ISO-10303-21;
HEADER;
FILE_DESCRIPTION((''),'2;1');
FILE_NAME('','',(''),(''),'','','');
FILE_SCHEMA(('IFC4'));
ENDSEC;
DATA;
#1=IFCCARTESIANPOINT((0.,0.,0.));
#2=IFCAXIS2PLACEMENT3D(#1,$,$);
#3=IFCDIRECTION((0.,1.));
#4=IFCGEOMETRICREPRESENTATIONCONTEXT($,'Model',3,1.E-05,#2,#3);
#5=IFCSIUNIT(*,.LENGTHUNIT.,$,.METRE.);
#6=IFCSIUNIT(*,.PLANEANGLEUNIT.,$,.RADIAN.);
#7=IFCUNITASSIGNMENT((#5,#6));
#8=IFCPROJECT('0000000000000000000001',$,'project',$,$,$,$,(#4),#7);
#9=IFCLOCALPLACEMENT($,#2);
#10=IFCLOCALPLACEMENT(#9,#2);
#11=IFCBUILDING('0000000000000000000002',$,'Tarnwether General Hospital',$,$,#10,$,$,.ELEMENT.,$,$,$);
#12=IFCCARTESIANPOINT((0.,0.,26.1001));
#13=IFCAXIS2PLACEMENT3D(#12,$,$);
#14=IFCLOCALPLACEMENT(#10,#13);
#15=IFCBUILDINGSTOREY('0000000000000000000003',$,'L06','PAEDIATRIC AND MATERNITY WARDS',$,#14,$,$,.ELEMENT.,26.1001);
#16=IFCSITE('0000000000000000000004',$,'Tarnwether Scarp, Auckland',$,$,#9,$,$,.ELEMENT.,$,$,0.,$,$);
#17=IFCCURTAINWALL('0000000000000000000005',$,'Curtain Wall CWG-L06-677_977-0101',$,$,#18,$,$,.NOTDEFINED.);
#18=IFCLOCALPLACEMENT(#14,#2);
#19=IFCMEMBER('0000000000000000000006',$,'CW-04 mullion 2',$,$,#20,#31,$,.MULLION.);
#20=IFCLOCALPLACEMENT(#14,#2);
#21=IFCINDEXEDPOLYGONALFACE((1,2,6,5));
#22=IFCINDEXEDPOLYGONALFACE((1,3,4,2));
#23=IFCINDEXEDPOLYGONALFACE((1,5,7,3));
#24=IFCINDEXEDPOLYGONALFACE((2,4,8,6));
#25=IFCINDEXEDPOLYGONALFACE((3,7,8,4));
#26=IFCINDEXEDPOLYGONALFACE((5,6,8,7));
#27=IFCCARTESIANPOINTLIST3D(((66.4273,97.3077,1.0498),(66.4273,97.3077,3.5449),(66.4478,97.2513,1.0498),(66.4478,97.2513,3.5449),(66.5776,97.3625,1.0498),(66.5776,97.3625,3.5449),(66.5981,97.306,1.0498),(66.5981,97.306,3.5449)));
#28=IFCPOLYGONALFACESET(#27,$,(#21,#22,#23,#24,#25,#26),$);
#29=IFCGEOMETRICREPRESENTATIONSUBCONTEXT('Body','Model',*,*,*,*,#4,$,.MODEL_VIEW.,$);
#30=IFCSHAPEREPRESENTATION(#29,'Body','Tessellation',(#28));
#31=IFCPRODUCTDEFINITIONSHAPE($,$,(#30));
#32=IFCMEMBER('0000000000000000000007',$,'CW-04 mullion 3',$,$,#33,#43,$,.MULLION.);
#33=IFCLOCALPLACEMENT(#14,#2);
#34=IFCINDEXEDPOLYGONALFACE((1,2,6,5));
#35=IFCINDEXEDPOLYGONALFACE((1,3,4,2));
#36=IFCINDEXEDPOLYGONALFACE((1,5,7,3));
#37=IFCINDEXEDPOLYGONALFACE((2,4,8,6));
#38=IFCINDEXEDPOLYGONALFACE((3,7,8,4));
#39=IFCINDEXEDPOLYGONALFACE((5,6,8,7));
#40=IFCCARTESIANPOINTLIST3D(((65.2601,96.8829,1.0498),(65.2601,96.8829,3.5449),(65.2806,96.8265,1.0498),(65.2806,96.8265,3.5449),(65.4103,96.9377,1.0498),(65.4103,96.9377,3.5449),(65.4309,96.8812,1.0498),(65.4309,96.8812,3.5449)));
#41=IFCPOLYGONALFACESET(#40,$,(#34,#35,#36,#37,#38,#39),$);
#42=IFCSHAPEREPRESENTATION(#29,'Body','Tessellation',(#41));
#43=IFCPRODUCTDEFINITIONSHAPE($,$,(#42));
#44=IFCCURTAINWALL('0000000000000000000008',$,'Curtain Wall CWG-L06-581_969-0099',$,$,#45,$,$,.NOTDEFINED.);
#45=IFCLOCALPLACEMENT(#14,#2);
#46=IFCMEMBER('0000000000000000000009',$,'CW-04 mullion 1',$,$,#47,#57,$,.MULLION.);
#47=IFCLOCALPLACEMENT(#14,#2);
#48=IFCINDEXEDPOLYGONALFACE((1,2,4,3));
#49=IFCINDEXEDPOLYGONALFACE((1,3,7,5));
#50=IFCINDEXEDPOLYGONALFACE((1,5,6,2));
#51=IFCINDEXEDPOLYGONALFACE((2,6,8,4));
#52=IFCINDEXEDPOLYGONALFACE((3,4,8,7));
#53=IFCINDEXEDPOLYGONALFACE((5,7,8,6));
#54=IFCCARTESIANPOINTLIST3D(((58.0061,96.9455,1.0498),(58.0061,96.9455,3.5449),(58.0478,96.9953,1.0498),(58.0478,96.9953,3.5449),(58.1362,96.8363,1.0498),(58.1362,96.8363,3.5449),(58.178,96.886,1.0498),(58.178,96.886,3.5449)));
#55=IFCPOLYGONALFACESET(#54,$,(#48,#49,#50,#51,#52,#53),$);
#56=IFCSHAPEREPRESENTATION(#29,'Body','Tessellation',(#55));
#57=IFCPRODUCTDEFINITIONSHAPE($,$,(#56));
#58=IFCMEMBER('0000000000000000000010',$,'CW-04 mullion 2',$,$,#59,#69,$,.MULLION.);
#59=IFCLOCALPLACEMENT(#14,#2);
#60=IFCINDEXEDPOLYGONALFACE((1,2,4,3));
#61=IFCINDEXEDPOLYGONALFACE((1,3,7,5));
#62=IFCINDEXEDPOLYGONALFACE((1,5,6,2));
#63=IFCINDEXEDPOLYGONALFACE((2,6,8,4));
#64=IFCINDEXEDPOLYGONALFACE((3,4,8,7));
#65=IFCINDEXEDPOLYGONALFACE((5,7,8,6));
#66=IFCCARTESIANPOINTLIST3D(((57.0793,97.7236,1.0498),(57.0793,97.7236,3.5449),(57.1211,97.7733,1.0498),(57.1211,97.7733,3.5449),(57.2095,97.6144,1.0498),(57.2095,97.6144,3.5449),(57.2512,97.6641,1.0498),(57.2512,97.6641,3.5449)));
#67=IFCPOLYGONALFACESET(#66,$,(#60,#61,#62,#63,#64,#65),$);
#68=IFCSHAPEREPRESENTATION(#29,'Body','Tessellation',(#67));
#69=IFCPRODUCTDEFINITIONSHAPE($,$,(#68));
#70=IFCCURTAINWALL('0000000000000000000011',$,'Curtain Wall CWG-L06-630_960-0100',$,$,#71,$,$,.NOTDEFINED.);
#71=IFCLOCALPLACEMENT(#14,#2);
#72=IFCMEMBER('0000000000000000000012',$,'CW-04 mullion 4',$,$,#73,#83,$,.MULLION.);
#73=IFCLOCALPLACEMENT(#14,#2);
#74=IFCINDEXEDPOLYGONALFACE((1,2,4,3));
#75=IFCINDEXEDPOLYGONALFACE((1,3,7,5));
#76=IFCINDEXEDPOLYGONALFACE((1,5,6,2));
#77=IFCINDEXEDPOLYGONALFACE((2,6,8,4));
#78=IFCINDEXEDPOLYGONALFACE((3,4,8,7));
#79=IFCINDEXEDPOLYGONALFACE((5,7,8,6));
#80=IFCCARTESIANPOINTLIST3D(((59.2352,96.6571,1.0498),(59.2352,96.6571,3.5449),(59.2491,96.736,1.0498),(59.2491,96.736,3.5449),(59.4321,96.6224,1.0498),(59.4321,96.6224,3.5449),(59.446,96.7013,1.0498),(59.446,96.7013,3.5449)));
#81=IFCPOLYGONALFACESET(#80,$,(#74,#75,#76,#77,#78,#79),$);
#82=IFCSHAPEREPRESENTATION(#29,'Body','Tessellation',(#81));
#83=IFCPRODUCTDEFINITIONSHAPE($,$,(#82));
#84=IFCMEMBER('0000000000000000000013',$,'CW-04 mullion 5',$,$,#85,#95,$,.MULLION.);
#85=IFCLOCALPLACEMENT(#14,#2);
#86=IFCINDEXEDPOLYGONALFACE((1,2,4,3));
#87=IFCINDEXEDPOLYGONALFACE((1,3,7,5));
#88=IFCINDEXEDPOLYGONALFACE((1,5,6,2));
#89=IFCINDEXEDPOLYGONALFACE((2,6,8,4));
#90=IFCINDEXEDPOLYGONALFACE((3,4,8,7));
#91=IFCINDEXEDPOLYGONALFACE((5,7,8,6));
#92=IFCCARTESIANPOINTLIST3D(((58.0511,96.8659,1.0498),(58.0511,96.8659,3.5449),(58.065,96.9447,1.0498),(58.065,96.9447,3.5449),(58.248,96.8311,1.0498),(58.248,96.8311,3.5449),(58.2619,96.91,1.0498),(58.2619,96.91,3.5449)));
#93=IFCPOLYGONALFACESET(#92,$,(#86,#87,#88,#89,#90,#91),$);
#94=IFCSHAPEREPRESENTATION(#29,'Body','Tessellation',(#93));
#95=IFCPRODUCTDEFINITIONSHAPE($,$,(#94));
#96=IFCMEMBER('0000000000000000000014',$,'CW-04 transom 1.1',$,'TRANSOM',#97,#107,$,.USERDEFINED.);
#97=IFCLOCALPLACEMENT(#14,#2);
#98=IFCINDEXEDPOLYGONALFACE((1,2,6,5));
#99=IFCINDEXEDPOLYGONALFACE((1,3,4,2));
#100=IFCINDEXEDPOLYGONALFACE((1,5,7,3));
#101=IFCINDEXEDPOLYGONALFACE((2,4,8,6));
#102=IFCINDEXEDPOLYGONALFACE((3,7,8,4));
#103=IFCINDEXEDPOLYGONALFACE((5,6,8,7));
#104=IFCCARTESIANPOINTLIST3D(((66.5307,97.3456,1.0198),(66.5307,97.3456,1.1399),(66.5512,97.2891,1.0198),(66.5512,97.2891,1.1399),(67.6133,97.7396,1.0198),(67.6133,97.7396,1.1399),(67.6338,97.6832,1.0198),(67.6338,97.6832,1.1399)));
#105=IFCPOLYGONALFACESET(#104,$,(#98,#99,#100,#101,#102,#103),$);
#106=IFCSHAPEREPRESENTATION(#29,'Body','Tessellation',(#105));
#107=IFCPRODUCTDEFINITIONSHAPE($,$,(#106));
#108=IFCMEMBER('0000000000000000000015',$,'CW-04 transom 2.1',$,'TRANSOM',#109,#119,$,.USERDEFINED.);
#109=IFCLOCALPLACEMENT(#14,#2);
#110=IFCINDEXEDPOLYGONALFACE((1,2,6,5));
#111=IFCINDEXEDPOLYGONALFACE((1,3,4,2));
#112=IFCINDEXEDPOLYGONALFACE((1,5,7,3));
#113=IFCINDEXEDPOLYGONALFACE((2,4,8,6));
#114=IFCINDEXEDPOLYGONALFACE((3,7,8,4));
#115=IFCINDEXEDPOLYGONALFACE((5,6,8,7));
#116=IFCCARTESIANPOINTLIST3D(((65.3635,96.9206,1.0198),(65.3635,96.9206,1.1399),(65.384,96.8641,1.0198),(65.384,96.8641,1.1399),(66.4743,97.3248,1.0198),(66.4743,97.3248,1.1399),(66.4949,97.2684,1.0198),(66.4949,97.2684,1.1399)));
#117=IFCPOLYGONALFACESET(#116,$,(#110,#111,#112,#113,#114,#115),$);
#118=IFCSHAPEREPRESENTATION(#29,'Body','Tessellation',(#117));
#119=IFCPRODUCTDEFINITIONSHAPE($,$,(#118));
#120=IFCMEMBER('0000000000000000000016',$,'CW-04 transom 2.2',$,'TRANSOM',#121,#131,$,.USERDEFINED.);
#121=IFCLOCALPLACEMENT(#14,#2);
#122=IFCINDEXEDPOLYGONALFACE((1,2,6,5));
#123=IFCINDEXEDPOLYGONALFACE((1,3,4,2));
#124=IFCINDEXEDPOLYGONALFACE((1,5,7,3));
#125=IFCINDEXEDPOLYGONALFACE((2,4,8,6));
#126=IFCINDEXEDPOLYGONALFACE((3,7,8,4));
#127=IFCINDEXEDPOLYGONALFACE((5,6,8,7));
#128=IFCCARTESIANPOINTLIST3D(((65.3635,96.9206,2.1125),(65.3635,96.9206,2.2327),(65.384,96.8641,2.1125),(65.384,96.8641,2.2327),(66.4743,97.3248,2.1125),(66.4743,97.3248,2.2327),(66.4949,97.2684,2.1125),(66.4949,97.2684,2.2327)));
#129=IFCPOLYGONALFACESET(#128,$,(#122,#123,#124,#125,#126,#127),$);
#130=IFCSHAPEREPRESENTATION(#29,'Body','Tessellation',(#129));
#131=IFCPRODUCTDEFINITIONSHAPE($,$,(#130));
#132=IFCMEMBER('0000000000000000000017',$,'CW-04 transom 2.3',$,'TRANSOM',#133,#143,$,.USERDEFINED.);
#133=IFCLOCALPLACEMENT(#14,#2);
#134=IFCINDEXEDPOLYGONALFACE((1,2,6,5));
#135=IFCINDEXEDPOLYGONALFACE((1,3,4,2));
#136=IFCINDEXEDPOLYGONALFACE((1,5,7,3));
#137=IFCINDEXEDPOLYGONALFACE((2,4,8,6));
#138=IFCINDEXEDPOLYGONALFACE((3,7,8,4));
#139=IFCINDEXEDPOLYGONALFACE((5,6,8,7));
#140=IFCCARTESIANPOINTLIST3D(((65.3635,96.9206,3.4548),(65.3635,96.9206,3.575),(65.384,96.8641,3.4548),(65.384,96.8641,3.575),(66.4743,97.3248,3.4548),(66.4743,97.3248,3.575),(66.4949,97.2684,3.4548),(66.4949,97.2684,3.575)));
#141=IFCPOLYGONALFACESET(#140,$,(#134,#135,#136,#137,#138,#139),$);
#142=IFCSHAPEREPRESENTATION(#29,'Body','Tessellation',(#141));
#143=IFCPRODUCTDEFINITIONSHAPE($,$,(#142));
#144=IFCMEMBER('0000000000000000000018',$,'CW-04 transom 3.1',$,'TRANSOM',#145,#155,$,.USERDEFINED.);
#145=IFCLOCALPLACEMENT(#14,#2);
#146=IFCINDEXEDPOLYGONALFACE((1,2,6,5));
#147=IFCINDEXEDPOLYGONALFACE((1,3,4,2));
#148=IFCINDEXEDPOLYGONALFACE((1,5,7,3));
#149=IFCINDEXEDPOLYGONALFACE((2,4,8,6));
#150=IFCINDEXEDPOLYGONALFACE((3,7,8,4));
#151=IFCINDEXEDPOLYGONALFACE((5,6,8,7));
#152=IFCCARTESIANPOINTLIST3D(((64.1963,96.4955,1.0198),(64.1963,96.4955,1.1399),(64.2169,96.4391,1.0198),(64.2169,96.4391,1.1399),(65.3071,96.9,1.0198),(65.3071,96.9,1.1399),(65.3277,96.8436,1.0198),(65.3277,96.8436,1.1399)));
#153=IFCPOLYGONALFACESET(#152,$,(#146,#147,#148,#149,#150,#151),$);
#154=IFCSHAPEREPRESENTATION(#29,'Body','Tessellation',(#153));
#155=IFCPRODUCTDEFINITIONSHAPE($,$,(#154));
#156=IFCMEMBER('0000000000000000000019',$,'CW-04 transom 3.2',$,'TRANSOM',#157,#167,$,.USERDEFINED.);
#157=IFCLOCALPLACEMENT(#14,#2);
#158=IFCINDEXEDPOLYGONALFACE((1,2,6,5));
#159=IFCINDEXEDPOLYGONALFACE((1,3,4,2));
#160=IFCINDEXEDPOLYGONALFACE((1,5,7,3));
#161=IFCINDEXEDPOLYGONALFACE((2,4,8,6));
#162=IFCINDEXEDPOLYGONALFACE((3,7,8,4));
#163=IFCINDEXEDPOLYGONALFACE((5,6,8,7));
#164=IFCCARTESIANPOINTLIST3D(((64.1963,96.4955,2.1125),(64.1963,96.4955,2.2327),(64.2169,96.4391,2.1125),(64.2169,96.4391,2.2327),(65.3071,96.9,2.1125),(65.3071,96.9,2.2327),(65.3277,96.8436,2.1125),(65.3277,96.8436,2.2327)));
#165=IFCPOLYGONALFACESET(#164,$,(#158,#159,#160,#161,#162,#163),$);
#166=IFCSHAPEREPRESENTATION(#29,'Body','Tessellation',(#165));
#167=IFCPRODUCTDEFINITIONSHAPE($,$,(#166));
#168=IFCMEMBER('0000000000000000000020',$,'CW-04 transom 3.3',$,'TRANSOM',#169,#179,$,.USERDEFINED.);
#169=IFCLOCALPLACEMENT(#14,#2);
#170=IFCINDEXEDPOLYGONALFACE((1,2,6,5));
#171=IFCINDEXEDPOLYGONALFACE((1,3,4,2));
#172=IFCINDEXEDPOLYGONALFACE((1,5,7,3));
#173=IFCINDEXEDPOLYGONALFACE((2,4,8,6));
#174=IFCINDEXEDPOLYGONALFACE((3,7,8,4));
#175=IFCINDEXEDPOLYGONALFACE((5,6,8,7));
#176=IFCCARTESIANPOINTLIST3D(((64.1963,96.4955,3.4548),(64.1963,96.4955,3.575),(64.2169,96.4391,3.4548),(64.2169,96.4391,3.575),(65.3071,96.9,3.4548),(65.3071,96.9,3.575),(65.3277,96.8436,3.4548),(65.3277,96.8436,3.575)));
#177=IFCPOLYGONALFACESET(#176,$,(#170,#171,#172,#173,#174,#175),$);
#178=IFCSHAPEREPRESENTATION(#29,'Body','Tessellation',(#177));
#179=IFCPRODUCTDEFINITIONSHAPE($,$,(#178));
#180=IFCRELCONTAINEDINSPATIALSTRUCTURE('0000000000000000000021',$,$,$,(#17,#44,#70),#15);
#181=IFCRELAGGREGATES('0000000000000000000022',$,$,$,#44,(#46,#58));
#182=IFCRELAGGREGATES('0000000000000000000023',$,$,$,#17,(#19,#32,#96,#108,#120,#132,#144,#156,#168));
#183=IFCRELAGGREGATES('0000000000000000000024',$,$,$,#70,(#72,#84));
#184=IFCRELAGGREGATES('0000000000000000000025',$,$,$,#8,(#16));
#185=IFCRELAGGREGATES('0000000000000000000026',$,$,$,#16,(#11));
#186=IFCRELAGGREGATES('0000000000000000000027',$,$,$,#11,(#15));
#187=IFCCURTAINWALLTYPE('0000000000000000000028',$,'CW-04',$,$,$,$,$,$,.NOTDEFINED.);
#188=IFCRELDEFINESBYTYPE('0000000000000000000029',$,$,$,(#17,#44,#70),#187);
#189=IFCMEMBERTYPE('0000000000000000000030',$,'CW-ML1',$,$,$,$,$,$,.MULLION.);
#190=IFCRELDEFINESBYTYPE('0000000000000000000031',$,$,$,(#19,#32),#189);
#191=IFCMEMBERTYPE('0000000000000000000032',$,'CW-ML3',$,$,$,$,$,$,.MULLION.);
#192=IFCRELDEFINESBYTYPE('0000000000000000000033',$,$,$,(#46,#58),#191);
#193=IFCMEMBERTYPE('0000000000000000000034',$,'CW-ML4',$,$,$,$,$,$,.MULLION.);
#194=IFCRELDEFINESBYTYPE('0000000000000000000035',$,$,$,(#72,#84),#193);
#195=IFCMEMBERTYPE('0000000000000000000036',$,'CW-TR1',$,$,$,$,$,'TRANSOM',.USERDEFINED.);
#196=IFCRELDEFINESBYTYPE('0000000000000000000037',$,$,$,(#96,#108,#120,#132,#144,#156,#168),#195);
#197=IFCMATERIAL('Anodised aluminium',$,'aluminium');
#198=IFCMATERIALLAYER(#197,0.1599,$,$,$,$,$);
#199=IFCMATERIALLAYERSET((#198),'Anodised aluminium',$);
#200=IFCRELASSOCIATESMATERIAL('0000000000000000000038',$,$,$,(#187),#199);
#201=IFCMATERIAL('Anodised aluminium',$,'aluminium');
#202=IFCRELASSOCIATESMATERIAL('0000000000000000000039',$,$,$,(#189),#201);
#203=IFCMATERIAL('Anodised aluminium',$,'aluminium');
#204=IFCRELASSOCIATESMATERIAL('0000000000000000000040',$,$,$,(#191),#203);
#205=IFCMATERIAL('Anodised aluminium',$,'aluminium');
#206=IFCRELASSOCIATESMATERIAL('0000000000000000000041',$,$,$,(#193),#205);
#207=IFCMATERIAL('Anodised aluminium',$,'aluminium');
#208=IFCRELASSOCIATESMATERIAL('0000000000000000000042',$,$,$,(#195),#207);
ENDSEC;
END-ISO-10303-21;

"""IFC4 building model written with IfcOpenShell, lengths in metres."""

from ifc_helpers import new_model, si_unit, direction, frame, origin, origin_2d, place, context, subcontext, project, spatial, rectangle, extrude, material, layer, layer_set, material_profile, profile_set, type_object, element, aggregate, save


model = new_model("IFC4")

# Units and contexts
model_context = context("Model", 3, precision=1e-05, world=origin(), true_north=direction((0.0, 1.0)))
body_context = subcontext(model_context, "Body", "Model", "MODEL_VIEW")
ifc_project = project(units=[si_unit("LENGTHUNIT", "METRE"), si_unit("PLANEANGLEUNIT", "RADIAN")], contexts=[model_context])

# Site, building, storey
site_placement = place(None, origin())
site = spatial("IfcSite", under=ifc_project, at=site_placement, Name="Tarnwether Scarp, Auckland", CompositionType="ELEMENT", RefElevation=0.0)
building_placement = place(site_placement, origin())
building = spatial("IfcBuilding", under=site, at=building_placement, Name="Tarnwether General Hospital", CompositionType="ELEMENT")
storey_placement = place(building_placement, frame((0.0, 0.0, 26.1001)))
storey = spatial("IfcBuildingStorey", under=building, at=storey_placement, Name="L06", Description="PAEDIATRIC AND MATERNITY WARDS", CompositionType="ELEMENT", Elevation=26.1001)

# Curtain walls, members
ifc_material_1 = material(Name="Anodised aluminium", Category="aluminium")
ifc_layer_1 = layer(ifc_material_1, 0.1599)
ifc_layer_set_1 = layer_set([ifc_layer_1], Name="Anodised aluminium")
curtain_wall_type = type_object("IfcCurtainWallType", Name="CW-04", PredefinedType="NOTDEFINED", material=ifc_layer_set_1)
curtain_wall_1_placement = place(storey_placement, origin())
curtain_wall_1 = element("IfcCurtainWall", 1, at=curtain_wall_1_placement, inside=storey, type_object=curtain_wall_type, Name="Curtain Wall CWG-L06-677_977-0101", PredefinedType="NOTDEFINED")
ifc_material_2 = material(Name="Anodised aluminium", Category="aluminium")
ifc_material_profile_1 = material_profile(ifc_material_2, rectangle(XDim=0.0601, YDim=0.1599, at=origin_2d()), Name="ALU-MUL-60x160")
ifc_profile_set_1 = profile_set([ifc_material_profile_1], Name="Anodised aluminium")
member_type_1 = type_object("IfcMemberType", Name="CW-ML1", PredefinedType="MULLION", material=ifc_profile_set_1)
member_1_placement = place(storey_placement, frame((66.5127, 97.3069, 1.0498), z_axis=(0.0, 0.0, 1.0), x_axis=(0.342131, -0.939652, 0.0)))
member_1 = element("IfcMember", 2, at=member_1_placement, type_object=member_type_1, Name="CW-04 mullion 2", PredefinedType="MULLION", context=body_context, shape_type="SweptSolid", body=[
    extrude(rectangle(XDim=0.0601, YDim=0.1599, at=origin_2d()), origin(), (0.0, 0.0, 1.0), 2.4951),
])
member_2_placement = place(storey_placement, frame((65.3455, 96.8821, 1.0498), z_axis=(0.0, 0.0, 1.0), x_axis=(0.342131, -0.939652, 0.0)))
member_2 = element("IfcMember", 3, at=member_2_placement, type_object=member_type_1, Name="CW-04 mullion 3", PredefinedType="MULLION", context=body_context, shape_type="SweptSolid", body=[
    extrude(rectangle(XDim=0.0601, YDim=0.1599, at=origin_2d()), origin(), (0.0, 0.0, 1.0), 2.4951),
])
curtain_wall_2_placement = place(storey_placement, origin())
curtain_wall_2 = element("IfcCurtainWall", 4, at=curtain_wall_2_placement, inside=storey, type_object=curtain_wall_type, Name="Curtain Wall CWG-L06-581_969-0099", PredefinedType="NOTDEFINED")
ifc_material_3 = material(Name="Anodised aluminium", Category="aluminium")
ifc_material_profile_2 = material_profile(ifc_material_3, rectangle(XDim=0.0649, YDim=0.1699, at=origin_2d()), Name="ALU-MUL-65x170")
ifc_profile_set_2 = profile_set([ifc_material_profile_2], Name="Anodised aluminium")
member_type_2 = type_object("IfcMemberType", Name="CW-ML3", PredefinedType="MULLION", material=ifc_profile_set_2)
member_3_placement = place(storey_placement, frame((58.092, 96.9158, 1.0498), z_axis=(0.0, 0.0, 1.0), x_axis=(-0.642852, -0.76599, 0.0)))
member_3 = element("IfcMember", 5, at=member_3_placement, type_object=member_type_2, Name="CW-04 mullion 1", PredefinedType="MULLION", context=body_context, shape_type="SweptSolid", body=[
    extrude(rectangle(XDim=0.0649, YDim=0.1699, at=origin_2d()), origin(), (0.0, 0.0, 1.0), 2.4951),
])
member_4_placement = place(storey_placement, frame((57.1653, 97.6938, 1.0498), z_axis=(0.0, 0.0, 1.0), x_axis=(-0.642852, -0.76599, 0.0)))
member_4 = element("IfcMember", 6, at=member_4_placement, type_object=member_type_2, Name="CW-04 mullion 2", PredefinedType="MULLION", context=body_context, shape_type="SweptSolid", body=[
    extrude(rectangle(XDim=0.0649, YDim=0.1699, at=origin_2d()), origin(), (0.0, 0.0, 1.0), 2.4951),
])
curtain_wall_3_placement = place(storey_placement, origin())
curtain_wall_3 = element("IfcCurtainWall", 7, at=curtain_wall_3_placement, inside=storey, type_object=curtain_wall_type, Name="Curtain Wall CWG-L06-630_960-0100", PredefinedType="NOTDEFINED")
ifc_material_4 = material(Name="Anodised aluminium", Category="aluminium")
ifc_material_profile_3 = material_profile(ifc_material_4, rectangle(XDim=0.0801, YDim=0.2, at=origin_2d()), Name="ALU-MUL-80x200")
ifc_profile_set_3 = profile_set([ifc_material_profile_3], Name="Anodised aluminium")
member_type_3 = type_object("IfcMemberType", Name="CW-ML4", PredefinedType="MULLION", material=ifc_profile_set_3)
member_5_placement = place(storey_placement, frame((59.3406, 96.6792, 1.0498), z_axis=(0.0, 0.0, 1.0), x_axis=(-0.173659, -0.984806, 0.0)))
member_5 = element("IfcMember", 8, at=member_5_placement, type_object=member_type_3, Name="CW-04 mullion 4", PredefinedType="MULLION", context=body_context, shape_type="SweptSolid", body=[
    extrude(rectangle(XDim=0.0801, YDim=0.2, at=origin_2d()), origin(), (0.0, 0.0, 1.0), 2.4951),
])
member_6_placement = place(storey_placement, frame((58.1565, 96.8879, 1.0498), z_axis=(0.0, 0.0, 1.0), x_axis=(-0.173659, -0.984806, 0.0)))
member_6 = element("IfcMember", 9, at=member_6_placement, type_object=member_type_3, Name="CW-04 mullion 5", PredefinedType="MULLION", context=body_context, shape_type="SweptSolid", body=[
    extrude(rectangle(XDim=0.0801, YDim=0.2, at=origin_2d()), origin(), (0.0, 0.0, 1.0), 2.4951),
])

# Members
ifc_material_5 = material(Name="Anodised aluminium", Category="aluminium")
ifc_material_profile_4 = material_profile(ifc_material_5, rectangle(XDim=0.0601, YDim=0.1201, at=origin_2d()), Name="ALU-TRN-60x120")
ifc_profile_set_4 = profile_set([ifc_material_profile_4], Name="Anodised aluminium")
member_type_4 = type_object("IfcMemberType", Name="CW-TR1", ElementType="TRANSOM", PredefinedType="USERDEFINED", material=ifc_profile_set_4)
member_7_placement = place(storey_placement, frame((67.6235, 97.7114, 1.0798), z_axis=(-0.939682, -0.342049, 0.0), x_axis=(0.342049, -0.939682, 0.0)))
member_7 = element("IfcMember", 10, at=member_7_placement, type_object=member_type_4, Name="CW-04 transom 1.1", ObjectType="TRANSOM", PredefinedType="USERDEFINED", context=body_context, shape_type="SweptSolid", body=[
    extrude(rectangle(XDim=0.0601, YDim=0.1201, at=origin_2d()), origin(), (0.0, 0.0, 1.0), 1.1521),
])
member_8_placement = place(storey_placement, frame((66.4846, 97.2966, 1.0798), z_axis=(-0.939697, -0.342008, 0.0), x_axis=(0.342008, -0.939697, 0.0)))
member_8 = element("IfcMember", 11, at=member_8_placement, type_object=member_type_4, Name="CW-04 transom 2.1", ObjectType="TRANSOM", PredefinedType="USERDEFINED", context=body_context, shape_type="SweptSolid", body=[
    extrude(rectangle(XDim=0.0601, YDim=0.1201, at=origin_2d()), origin(), (0.0, 0.0, 1.0), 1.1821),
])
member_9_placement = place(storey_placement, frame((66.4846, 97.2966, 2.1726), z_axis=(-0.939697, -0.342008, 0.0), x_axis=(0.342008, -0.939697, 0.0)))
member_9 = element("IfcMember", 12, at=member_9_placement, type_object=member_type_4, Name="CW-04 transom 2.2", ObjectType="TRANSOM", PredefinedType="USERDEFINED", context=body_context, shape_type="SweptSolid", body=[
    extrude(rectangle(XDim=0.0601, YDim=0.1201, at=origin_2d()), origin(), (0.0, 0.0, 1.0), 1.1821),
])
member_10_placement = place(storey_placement, frame((66.4846, 97.2966, 3.5149), z_axis=(-0.939697, -0.342008, 0.0), x_axis=(0.342008, -0.939697, 0.0)))
member_10 = element("IfcMember", 13, at=member_10_placement, type_object=member_type_4, Name="CW-04 transom 2.3", ObjectType="TRANSOM", PredefinedType="USERDEFINED", context=body_context, shape_type="SweptSolid", body=[
    extrude(rectangle(XDim=0.0601, YDim=0.1201, at=origin_2d()), origin(), (0.0, 0.0, 1.0), 1.1821),
])
member_11_placement = place(storey_placement, frame((65.3174, 96.8718, 1.0798), z_axis=(-0.939631, -0.342191, 0.0), x_axis=(0.342191, -0.939631, 0.0)))
member_11 = element("IfcMember", 14, at=member_11_placement, type_object=member_type_4, Name="CW-04 transom 3.1", ObjectType="TRANSOM", PredefinedType="USERDEFINED", context=body_context, shape_type="SweptSolid", body=[
    extrude(rectangle(XDim=0.0601, YDim=0.1201, at=origin_2d()), origin(), (0.0, 0.0, 1.0), 1.1821),
])
member_12_placement = place(storey_placement, frame((65.3174, 96.8718, 2.1726), z_axis=(-0.939631, -0.342191, 0.0), x_axis=(0.342191, -0.939631, 0.0)))
member_12 = element("IfcMember", 15, at=member_12_placement, type_object=member_type_4, Name="CW-04 transom 3.2", ObjectType="TRANSOM", PredefinedType="USERDEFINED", context=body_context, shape_type="SweptSolid", body=[
    extrude(rectangle(XDim=0.0601, YDim=0.1201, at=origin_2d()), origin(), (0.0, 0.0, 1.0), 1.1821),
])
member_13_placement = place(storey_placement, frame((65.3174, 96.8718, 3.5149), z_axis=(-0.939631, -0.342191, 0.0), x_axis=(0.342191, -0.939631, 0.0)))
member_13 = element("IfcMember", 16, at=member_13_placement, type_object=member_type_4, Name="CW-04 transom 3.3", ObjectType="TRANSOM", PredefinedType="USERDEFINED", context=body_context, shape_type="SweptSolid", body=[
    extrude(rectangle(XDim=0.0601, YDim=0.1201, at=origin_2d()), origin(), (0.0, 0.0, 1.0), 1.1821),
])

aggregate(curtain_wall_2, [member_3, member_4])
aggregate(curtain_wall_1, [member_1, member_2, member_7, member_8, member_9, member_10, member_11, member_12, member_13])
aggregate(curtain_wall_3, [member_5, member_6])

save(model, "model.ifc")
